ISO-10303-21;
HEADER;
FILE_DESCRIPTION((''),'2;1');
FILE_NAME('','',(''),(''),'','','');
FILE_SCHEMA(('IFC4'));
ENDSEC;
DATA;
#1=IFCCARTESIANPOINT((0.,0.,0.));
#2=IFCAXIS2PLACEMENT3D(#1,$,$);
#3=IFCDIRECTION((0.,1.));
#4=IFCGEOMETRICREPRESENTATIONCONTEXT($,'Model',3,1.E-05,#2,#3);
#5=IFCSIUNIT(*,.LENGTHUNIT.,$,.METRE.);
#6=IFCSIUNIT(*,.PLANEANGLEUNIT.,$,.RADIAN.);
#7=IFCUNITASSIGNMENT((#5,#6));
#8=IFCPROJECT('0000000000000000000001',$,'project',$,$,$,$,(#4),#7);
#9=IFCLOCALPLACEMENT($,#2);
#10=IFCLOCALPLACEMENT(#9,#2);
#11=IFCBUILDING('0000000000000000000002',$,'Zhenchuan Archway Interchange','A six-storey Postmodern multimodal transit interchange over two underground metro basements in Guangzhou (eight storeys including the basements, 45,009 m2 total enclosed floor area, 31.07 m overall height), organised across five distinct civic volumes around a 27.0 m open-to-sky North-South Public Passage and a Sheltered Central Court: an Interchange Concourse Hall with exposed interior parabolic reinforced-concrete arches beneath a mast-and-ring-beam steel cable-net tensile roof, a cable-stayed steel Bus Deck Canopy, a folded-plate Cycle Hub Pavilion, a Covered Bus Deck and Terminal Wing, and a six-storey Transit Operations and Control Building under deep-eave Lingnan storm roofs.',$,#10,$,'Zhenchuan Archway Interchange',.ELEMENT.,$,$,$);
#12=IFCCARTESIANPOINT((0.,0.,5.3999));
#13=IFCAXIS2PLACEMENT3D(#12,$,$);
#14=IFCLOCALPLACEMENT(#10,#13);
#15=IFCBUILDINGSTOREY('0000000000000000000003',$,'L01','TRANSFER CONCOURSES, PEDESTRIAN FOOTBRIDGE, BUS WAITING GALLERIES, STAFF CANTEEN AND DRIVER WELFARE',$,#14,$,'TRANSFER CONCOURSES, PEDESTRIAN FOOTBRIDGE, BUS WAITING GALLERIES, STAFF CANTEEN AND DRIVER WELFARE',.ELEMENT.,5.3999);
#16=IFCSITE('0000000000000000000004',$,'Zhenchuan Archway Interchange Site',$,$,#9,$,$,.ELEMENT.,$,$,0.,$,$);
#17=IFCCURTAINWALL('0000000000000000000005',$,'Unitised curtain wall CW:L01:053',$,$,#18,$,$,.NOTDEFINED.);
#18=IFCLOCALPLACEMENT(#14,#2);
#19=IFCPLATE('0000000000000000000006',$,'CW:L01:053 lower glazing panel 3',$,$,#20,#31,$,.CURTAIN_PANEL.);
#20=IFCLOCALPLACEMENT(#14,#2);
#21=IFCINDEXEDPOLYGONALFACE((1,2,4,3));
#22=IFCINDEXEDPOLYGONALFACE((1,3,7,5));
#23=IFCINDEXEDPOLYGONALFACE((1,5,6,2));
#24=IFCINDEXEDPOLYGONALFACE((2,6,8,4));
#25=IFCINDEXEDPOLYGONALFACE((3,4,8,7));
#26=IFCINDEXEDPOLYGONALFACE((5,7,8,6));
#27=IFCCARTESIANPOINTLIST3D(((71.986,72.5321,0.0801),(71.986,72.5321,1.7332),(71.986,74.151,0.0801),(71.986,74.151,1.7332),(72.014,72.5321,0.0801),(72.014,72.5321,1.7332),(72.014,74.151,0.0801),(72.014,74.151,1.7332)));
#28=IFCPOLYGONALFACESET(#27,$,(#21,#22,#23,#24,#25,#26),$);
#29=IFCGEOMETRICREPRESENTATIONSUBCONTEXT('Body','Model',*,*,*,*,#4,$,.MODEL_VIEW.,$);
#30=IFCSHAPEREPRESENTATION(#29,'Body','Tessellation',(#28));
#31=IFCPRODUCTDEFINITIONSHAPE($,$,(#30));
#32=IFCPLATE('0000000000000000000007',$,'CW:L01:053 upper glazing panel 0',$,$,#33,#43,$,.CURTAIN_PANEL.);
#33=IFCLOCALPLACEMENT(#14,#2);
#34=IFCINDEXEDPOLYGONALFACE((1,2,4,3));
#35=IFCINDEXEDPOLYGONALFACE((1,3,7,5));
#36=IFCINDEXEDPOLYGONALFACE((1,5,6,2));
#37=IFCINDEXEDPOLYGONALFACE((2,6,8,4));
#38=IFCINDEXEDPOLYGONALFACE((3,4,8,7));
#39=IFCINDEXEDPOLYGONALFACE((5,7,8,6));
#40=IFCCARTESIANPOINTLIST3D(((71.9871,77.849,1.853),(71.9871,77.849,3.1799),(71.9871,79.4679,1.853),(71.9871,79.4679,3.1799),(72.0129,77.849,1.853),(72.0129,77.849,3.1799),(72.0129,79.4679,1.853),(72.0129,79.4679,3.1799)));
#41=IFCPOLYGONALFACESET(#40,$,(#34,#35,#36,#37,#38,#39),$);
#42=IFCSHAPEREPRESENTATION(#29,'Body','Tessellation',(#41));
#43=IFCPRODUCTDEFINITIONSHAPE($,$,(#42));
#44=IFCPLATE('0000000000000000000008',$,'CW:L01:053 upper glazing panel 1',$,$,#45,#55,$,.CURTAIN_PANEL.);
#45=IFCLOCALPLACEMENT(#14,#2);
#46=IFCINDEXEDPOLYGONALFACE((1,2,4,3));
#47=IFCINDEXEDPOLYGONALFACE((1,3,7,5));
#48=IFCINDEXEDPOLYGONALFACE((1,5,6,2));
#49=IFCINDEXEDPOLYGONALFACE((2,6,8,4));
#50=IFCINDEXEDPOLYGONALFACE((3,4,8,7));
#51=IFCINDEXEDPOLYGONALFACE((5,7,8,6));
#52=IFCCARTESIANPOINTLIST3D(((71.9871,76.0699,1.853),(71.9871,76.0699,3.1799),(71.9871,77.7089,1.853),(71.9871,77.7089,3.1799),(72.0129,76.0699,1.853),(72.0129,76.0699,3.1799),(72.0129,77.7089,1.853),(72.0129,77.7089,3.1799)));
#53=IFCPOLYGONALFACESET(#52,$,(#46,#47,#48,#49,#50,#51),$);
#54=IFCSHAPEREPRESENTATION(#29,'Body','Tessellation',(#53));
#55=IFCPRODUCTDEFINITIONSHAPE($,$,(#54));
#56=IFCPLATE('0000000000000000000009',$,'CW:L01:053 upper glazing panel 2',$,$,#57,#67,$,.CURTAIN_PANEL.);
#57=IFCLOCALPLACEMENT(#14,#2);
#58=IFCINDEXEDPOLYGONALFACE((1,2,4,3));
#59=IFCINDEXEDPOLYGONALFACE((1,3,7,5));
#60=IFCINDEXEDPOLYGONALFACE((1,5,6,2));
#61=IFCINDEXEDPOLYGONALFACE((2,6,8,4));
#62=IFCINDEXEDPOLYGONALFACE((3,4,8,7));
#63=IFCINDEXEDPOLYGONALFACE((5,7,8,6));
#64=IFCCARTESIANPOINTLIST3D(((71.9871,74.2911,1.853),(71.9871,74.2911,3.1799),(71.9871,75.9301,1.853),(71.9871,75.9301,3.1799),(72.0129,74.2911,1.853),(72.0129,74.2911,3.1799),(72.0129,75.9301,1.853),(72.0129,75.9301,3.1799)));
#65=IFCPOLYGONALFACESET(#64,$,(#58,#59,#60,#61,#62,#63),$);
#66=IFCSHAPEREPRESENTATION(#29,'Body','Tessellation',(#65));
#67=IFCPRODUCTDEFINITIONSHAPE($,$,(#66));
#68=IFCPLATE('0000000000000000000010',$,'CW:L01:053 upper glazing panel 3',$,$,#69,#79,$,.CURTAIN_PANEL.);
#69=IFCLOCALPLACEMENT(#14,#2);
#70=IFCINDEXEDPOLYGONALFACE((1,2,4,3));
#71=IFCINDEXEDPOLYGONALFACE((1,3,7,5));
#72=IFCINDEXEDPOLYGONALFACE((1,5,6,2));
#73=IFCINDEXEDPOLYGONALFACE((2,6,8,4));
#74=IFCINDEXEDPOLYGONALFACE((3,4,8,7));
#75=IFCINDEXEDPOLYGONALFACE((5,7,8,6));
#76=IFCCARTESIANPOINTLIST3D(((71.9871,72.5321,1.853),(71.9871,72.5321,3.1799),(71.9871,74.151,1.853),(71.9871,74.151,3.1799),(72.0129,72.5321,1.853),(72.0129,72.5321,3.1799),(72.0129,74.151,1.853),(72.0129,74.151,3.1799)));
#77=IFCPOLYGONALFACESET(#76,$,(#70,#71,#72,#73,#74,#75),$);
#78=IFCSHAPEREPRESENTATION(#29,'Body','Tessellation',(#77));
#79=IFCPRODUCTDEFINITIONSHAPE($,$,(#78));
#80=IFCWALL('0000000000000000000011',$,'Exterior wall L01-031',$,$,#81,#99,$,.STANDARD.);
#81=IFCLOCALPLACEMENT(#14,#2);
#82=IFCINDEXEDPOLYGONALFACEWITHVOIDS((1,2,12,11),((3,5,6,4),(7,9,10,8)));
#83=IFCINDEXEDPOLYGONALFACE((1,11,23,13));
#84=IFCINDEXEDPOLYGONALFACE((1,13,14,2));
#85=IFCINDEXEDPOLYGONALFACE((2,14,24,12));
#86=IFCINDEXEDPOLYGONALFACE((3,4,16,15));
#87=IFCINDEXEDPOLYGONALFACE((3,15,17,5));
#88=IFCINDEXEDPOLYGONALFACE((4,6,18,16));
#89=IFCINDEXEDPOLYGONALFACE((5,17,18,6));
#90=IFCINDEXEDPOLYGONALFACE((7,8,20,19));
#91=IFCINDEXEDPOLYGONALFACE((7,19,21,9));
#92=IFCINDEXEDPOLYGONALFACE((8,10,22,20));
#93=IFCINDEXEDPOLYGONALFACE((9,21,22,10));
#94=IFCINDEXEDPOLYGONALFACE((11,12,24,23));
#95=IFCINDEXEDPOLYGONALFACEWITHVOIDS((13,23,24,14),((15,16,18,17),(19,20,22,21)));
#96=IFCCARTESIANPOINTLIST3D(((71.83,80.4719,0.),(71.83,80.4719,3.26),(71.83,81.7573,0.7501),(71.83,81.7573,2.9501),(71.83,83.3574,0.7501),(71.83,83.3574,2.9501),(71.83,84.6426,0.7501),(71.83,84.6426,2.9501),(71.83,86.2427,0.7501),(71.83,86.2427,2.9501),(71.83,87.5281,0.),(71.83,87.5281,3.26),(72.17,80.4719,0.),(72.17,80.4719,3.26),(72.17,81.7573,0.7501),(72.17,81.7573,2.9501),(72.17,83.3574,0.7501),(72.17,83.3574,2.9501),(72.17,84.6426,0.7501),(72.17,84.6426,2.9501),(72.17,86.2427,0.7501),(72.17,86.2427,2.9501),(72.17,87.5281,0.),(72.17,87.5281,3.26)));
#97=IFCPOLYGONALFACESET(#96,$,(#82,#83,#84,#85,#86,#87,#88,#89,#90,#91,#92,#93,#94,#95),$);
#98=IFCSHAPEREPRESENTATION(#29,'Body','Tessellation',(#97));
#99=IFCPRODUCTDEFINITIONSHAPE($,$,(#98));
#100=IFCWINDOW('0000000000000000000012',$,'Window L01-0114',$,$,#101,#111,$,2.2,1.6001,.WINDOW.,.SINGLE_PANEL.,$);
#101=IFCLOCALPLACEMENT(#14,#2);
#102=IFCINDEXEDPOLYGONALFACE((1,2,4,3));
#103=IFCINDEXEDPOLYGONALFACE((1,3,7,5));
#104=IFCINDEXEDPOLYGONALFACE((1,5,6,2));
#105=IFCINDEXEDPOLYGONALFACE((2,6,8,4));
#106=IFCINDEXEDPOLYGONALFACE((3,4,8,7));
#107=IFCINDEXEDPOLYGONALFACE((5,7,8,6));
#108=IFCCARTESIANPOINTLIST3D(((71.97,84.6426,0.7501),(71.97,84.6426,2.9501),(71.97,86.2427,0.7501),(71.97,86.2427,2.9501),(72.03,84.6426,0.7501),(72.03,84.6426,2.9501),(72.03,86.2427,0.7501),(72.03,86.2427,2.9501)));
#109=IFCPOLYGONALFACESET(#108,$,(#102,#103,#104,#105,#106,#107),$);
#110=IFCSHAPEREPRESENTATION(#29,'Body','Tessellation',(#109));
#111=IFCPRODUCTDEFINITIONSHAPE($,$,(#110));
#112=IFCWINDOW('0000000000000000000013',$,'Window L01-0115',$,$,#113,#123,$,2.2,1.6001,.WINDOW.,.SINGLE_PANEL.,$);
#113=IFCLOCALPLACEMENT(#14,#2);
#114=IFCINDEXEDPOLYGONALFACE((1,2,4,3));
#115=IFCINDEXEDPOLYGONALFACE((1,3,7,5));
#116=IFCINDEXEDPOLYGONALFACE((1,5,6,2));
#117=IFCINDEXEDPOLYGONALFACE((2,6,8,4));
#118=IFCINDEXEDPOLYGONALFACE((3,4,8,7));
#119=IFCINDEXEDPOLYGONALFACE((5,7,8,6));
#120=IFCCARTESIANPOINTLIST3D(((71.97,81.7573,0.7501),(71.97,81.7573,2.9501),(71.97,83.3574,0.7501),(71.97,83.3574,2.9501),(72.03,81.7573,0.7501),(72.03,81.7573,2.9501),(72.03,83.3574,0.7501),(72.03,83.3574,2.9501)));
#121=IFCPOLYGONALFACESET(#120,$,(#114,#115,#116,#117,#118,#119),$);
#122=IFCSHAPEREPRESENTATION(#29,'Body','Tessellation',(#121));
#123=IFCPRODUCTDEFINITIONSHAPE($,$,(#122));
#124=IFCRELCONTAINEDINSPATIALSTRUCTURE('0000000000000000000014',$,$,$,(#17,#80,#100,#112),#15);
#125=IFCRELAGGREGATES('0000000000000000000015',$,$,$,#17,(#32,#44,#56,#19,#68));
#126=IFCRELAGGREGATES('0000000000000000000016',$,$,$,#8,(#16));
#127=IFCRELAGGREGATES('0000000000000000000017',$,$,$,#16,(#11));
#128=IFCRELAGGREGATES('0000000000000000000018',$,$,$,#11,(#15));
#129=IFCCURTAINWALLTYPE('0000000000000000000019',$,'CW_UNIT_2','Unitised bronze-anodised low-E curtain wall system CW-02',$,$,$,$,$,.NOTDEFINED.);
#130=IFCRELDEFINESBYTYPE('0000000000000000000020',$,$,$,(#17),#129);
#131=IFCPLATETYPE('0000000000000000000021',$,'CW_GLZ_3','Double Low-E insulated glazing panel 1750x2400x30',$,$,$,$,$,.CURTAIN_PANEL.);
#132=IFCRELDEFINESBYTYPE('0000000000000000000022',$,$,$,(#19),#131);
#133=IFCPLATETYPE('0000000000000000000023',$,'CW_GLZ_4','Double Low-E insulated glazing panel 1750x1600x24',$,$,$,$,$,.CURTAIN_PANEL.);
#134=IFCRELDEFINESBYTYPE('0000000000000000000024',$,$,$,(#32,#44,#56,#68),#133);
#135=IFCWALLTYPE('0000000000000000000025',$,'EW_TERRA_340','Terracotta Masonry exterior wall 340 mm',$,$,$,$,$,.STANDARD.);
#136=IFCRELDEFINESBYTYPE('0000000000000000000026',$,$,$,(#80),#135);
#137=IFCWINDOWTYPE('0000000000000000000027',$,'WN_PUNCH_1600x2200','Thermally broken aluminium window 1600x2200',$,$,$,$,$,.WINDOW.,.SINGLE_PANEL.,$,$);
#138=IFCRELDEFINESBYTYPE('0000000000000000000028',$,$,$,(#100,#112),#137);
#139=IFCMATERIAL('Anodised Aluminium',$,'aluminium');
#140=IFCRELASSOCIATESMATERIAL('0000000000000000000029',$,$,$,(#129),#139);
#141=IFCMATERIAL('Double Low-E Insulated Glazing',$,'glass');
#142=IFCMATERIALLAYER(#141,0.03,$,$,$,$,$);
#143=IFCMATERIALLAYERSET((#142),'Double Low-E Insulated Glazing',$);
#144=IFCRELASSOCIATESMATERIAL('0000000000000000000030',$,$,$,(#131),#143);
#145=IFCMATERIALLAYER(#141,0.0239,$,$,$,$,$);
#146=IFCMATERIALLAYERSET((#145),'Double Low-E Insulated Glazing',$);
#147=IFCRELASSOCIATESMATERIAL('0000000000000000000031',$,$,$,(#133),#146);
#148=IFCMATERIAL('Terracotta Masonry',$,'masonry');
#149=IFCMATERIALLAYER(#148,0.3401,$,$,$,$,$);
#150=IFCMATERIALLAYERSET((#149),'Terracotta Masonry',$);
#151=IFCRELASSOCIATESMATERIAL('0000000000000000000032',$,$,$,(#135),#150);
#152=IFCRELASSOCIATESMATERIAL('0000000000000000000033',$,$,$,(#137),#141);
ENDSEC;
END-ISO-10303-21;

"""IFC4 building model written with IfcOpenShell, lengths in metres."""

from ifc_helpers import new_model, si_unit, direction, frame, frame_2d, origin, origin_2d, place, context, subcontext, project, spatial, rectangle, extrude, material, layer, layer_set, type_object, element, fill, aggregate, save


model = new_model("IFC4")

# Units and contexts
model_context = context("Model", 3, precision=1e-05, world=origin(), true_north=direction((0.0, 1.0)))
body_context = subcontext(model_context, "Body", "Model", "MODEL_VIEW")
ifc_project = project(units=[si_unit("LENGTHUNIT", "METRE"), si_unit("PLANEANGLEUNIT", "RADIAN")], contexts=[model_context])

# Site, building, storey
site_placement = place(None, origin())
site = spatial("IfcSite", under=ifc_project, at=site_placement, Name="Zhenchuan Archway Interchange Site", CompositionType="ELEMENT", RefElevation=0.0)
building_placement = place(site_placement, origin())
building = spatial("IfcBuilding", under=site, at=building_placement, Name="Zhenchuan Archway Interchange", Description="A six-storey Postmodern multimodal transit interchange over two underground metro basements in Guangzhou (eight storeys including the basements, 45,009 m2 total enclosed floor area, 31.07 m overall height), organised across five distinct civic volumes around a 27.0 m open-to-sky North-South Public Passage and a Sheltered Central Court: an Interchange Concourse Hall with exposed interior parabolic reinforced-concrete arches beneath a mast-and-ring-beam steel cable-net tensile roof, a cable-stayed steel Bus Deck Canopy, a folded-plate Cycle Hub Pavilion, a Covered Bus Deck and Terminal Wing, and a six-storey Transit Operations and Control Building under deep-eave Lingnan storm roofs.", LongName="Zhenchuan Archway Interchange", CompositionType="ELEMENT")
storey_placement = place(building_placement, frame((0.0, 0.0, 5.3999)))
storey = spatial("IfcBuildingStorey", under=building, at=storey_placement, Name="L01", Description="TRANSFER CONCOURSES, PEDESTRIAN FOOTBRIDGE, BUS WAITING GALLERIES, STAFF CANTEEN AND DRIVER WELFARE", LongName="TRANSFER CONCOURSES, PEDESTRIAN FOOTBRIDGE, BUS WAITING GALLERIES, STAFF CANTEEN AND DRIVER WELFARE", CompositionType="ELEMENT", Elevation=5.3999)

# Curtain wall
ifc_material_1 = material(Name="Anodised Aluminium", Category="aluminium")
curtain_wall_type = type_object("IfcCurtainWallType", Name="CW_UNIT_2", Description="Unitised bronze-anodised low-E curtain wall system CW-02", PredefinedType="NOTDEFINED", material=ifc_material_1)
curtain_wall_placement = place(storey_placement, origin())
curtain_wall = element("IfcCurtainWall", 1, at=curtain_wall_placement, inside=storey, type_object=curtain_wall_type, Name="Unitised curtain wall CW:L01:053", PredefinedType="NOTDEFINED")

# Plates
ifc_material_2 = material(Name="Double Low-E Insulated Glazing", Category="glass")
ifc_layer_1 = layer(ifc_material_2, 0.03)
ifc_layer_set_1 = layer_set([ifc_layer_1], Name="Double Low-E Insulated Glazing")
plate_type_1 = type_object("IfcPlateType", Name="CW_GLZ_3", Description="Double Low-E insulated glazing panel 1750x2400x30", PredefinedType="CURTAIN_PANEL", material=ifc_layer_set_1)
plate_1_placement = place(storey_placement, frame((72.0, 73.3416, 0.0801), z_axis=(0.0, 0.0, 1.0), x_axis=(0.0, -1.0, 0.0)))
plate_1 = element("IfcPlate", 2, at=plate_1_placement, type_object=plate_type_1, Name="CW:L01:053 lower glazing panel 3", PredefinedType="CURTAIN_PANEL", context=body_context, shape_type="SweptSolid", body=[
    extrude(rectangle(XDim=1.6189, YDim=0.0281, at=origin_2d()), origin(), (0.0, 0.0, 1.0), 1.6531),
])
ifc_layer_2 = layer(ifc_material_2, 0.0239)
ifc_layer_set_2 = layer_set([ifc_layer_2], Name="Double Low-E Insulated Glazing")
plate_type_2 = type_object("IfcPlateType", Name="CW_GLZ_4", Description="Double Low-E insulated glazing panel 1750x1600x24", PredefinedType="CURTAIN_PANEL", material=ifc_layer_set_2)
plate_2_placement = place(storey_placement, frame((72.0, 78.6584, 1.853), z_axis=(0.0, 0.0, 1.0), x_axis=(0.0, -1.0, 0.0)))
plate_2 = element("IfcPlate", 3, at=plate_2_placement, type_object=plate_type_2, Name="CW:L01:053 upper glazing panel 0", PredefinedType="CURTAIN_PANEL", context=body_context, shape_type="SweptSolid", body=[
    extrude(rectangle(XDim=1.6189, YDim=0.0259, at=origin_2d()), origin(), (0.0, 0.0, 1.0), 1.3269),
])
plate_3_placement = place(storey_placement, frame((72.0, 76.8894, 1.853), z_axis=(0.0, 0.0, 1.0), x_axis=(0.0, -1.0, 0.0)))
plate_3 = element("IfcPlate", 4, at=plate_3_placement, type_object=plate_type_2, Name="CW:L01:053 upper glazing panel 1", PredefinedType="CURTAIN_PANEL", context=body_context, shape_type="SweptSolid", body=[
    extrude(rectangle(XDim=1.6389, YDim=0.0259, at=origin_2d()), origin(), (0.0, 0.0, 1.0), 1.3269),
])
plate_4_placement = place(storey_placement, frame((72.0, 75.1106, 1.853), z_axis=(0.0, 0.0, 1.0), x_axis=(0.0, -1.0, 0.0)))
plate_4 = element("IfcPlate", 5, at=plate_4_placement, type_object=plate_type_2, Name="CW:L01:053 upper glazing panel 2", PredefinedType="CURTAIN_PANEL", context=body_context, shape_type="SweptSolid", body=[
    extrude(rectangle(XDim=1.6389, YDim=0.0259, at=origin_2d()), origin(), (0.0, 0.0, 1.0), 1.3269),
])
plate_5_placement = place(storey_placement, frame((72.0, 73.3416, 1.853), z_axis=(0.0, 0.0, 1.0), x_axis=(0.0, -1.0, 0.0)))
plate_5 = element("IfcPlate", 6, at=plate_5_placement, type_object=plate_type_2, Name="CW:L01:053 upper glazing panel 3", PredefinedType="CURTAIN_PANEL", context=body_context, shape_type="SweptSolid", body=[
    extrude(rectangle(XDim=1.6189, YDim=0.0259, at=origin_2d()), origin(), (0.0, 0.0, 1.0), 1.3269),
])
aggregate(curtain_wall, [plate_2, plate_3, plate_4, plate_1, plate_5])

# Wall, openings, windows
ifc_material_3 = material(Name="Terracotta Masonry", Category="masonry")
ifc_layer_3 = layer(ifc_material_3, 0.3401)
ifc_layer_set_3 = layer_set([ifc_layer_3], Name="Terracotta Masonry")
wall_type = type_object("IfcWallType", Name="EW_TERRA_340", Description="Terracotta Masonry exterior wall 340 mm", PredefinedType="STANDARD", material=ifc_layer_set_3)
wall_placement = place(storey_placement, frame((72.0, 87.5281, 0.0), z_axis=(0.0, 0.0, 1.0), x_axis=(0.0, -1.0, 0.0)))
wall = element("IfcWall", 7, at=wall_placement, inside=storey, type_object=wall_type, Name="Exterior wall L01-031", PredefinedType="STANDARD", context=body_context, shape_type="SweptSolid", body=[
    extrude(rectangle(XDim=7.0562, YDim=0.3401, at=frame_2d((3.5281, 0.0))), origin(), (0.0, 0.0, 1.0), 3.26),
])
opening_1_placement = place(wall_placement, frame((1.2854, 0.0, 0.75)))
opening_1 = element("IfcOpeningElement", 8, at=opening_1_placement, cuts=wall, PredefinedType="OPENING", context=body_context, shape_type="SweptSolid", body=[
    extrude(rectangle(XDim=1.6001, YDim=2.2, at=frame_2d((0.8, 1.1001))), frame((0.0, 0.1821, 0.0), z_axis=(0.0, -1.0, 0.0), x_axis=(1.0, 0.0, 0.0)), (0.0, 0.0, 1.0), 0.364),
])
opening_2_placement = place(wall_placement, frame((4.1707, 0.0, 0.75)))
opening_2 = element("IfcOpeningElement", 9, at=opening_2_placement, cuts=wall, PredefinedType="OPENING", context=body_context, shape_type="SweptSolid", body=[
    extrude(rectangle(XDim=1.6001, YDim=2.2, at=frame_2d((0.8, 1.1001))), frame((0.0, 0.1821, 0.0), z_axis=(0.0, -1.0, 0.0), x_axis=(1.0, 0.0, 0.0)), (0.0, 0.0, 1.0), 0.364),
])
window_type = type_object("IfcWindowType", Name="WN_PUNCH_1600x2200", Description="Thermally broken aluminium window 1600x2200", PartitioningType="SINGLE_PANEL", PredefinedType="WINDOW", material=ifc_material_2)
window_1_placement = place(opening_1_placement, origin())
window_1 = element("IfcWindow", 10, at=window_1_placement, inside=storey, type_object=window_type, Name="Window L01-0114", OverallHeight=2.2, OverallWidth=1.6001, PartitioningType="SINGLE_PANEL", PredefinedType="WINDOW", context=body_context, shape_type="SweptSolid", body=[
    extrude(rectangle(XDim=1.6001, YDim=2.2, at=frame_2d((0.8, 1.1001))), frame((0.0, 0.03, 0.0), z_axis=(0.0, -1.0, 0.0), x_axis=(1.0, 0.0, 0.0)), (0.0, 0.0, 1.0), 0.0601),
])
fill(opening_1, window_1)
window_2_placement = place(opening_2_placement, origin())
window_2 = element("IfcWindow", 11, at=window_2_placement, inside=storey, type_object=window_type, Name="Window L01-0115", OverallHeight=2.2, OverallWidth=1.6001, PartitioningType="SINGLE_PANEL", PredefinedType="WINDOW", context=body_context, shape_type="SweptSolid", body=[
    extrude(rectangle(XDim=1.6001, YDim=2.2, at=frame_2d((0.8, 1.1001))), frame((0.0, 0.03, 0.0), z_axis=(0.0, -1.0, 0.0), x_axis=(1.0, 0.0, 0.0)), (0.0, 0.0, 1.0), 0.0601),
])
fill(opening_2, window_2)

save(model, "model.ifc")
